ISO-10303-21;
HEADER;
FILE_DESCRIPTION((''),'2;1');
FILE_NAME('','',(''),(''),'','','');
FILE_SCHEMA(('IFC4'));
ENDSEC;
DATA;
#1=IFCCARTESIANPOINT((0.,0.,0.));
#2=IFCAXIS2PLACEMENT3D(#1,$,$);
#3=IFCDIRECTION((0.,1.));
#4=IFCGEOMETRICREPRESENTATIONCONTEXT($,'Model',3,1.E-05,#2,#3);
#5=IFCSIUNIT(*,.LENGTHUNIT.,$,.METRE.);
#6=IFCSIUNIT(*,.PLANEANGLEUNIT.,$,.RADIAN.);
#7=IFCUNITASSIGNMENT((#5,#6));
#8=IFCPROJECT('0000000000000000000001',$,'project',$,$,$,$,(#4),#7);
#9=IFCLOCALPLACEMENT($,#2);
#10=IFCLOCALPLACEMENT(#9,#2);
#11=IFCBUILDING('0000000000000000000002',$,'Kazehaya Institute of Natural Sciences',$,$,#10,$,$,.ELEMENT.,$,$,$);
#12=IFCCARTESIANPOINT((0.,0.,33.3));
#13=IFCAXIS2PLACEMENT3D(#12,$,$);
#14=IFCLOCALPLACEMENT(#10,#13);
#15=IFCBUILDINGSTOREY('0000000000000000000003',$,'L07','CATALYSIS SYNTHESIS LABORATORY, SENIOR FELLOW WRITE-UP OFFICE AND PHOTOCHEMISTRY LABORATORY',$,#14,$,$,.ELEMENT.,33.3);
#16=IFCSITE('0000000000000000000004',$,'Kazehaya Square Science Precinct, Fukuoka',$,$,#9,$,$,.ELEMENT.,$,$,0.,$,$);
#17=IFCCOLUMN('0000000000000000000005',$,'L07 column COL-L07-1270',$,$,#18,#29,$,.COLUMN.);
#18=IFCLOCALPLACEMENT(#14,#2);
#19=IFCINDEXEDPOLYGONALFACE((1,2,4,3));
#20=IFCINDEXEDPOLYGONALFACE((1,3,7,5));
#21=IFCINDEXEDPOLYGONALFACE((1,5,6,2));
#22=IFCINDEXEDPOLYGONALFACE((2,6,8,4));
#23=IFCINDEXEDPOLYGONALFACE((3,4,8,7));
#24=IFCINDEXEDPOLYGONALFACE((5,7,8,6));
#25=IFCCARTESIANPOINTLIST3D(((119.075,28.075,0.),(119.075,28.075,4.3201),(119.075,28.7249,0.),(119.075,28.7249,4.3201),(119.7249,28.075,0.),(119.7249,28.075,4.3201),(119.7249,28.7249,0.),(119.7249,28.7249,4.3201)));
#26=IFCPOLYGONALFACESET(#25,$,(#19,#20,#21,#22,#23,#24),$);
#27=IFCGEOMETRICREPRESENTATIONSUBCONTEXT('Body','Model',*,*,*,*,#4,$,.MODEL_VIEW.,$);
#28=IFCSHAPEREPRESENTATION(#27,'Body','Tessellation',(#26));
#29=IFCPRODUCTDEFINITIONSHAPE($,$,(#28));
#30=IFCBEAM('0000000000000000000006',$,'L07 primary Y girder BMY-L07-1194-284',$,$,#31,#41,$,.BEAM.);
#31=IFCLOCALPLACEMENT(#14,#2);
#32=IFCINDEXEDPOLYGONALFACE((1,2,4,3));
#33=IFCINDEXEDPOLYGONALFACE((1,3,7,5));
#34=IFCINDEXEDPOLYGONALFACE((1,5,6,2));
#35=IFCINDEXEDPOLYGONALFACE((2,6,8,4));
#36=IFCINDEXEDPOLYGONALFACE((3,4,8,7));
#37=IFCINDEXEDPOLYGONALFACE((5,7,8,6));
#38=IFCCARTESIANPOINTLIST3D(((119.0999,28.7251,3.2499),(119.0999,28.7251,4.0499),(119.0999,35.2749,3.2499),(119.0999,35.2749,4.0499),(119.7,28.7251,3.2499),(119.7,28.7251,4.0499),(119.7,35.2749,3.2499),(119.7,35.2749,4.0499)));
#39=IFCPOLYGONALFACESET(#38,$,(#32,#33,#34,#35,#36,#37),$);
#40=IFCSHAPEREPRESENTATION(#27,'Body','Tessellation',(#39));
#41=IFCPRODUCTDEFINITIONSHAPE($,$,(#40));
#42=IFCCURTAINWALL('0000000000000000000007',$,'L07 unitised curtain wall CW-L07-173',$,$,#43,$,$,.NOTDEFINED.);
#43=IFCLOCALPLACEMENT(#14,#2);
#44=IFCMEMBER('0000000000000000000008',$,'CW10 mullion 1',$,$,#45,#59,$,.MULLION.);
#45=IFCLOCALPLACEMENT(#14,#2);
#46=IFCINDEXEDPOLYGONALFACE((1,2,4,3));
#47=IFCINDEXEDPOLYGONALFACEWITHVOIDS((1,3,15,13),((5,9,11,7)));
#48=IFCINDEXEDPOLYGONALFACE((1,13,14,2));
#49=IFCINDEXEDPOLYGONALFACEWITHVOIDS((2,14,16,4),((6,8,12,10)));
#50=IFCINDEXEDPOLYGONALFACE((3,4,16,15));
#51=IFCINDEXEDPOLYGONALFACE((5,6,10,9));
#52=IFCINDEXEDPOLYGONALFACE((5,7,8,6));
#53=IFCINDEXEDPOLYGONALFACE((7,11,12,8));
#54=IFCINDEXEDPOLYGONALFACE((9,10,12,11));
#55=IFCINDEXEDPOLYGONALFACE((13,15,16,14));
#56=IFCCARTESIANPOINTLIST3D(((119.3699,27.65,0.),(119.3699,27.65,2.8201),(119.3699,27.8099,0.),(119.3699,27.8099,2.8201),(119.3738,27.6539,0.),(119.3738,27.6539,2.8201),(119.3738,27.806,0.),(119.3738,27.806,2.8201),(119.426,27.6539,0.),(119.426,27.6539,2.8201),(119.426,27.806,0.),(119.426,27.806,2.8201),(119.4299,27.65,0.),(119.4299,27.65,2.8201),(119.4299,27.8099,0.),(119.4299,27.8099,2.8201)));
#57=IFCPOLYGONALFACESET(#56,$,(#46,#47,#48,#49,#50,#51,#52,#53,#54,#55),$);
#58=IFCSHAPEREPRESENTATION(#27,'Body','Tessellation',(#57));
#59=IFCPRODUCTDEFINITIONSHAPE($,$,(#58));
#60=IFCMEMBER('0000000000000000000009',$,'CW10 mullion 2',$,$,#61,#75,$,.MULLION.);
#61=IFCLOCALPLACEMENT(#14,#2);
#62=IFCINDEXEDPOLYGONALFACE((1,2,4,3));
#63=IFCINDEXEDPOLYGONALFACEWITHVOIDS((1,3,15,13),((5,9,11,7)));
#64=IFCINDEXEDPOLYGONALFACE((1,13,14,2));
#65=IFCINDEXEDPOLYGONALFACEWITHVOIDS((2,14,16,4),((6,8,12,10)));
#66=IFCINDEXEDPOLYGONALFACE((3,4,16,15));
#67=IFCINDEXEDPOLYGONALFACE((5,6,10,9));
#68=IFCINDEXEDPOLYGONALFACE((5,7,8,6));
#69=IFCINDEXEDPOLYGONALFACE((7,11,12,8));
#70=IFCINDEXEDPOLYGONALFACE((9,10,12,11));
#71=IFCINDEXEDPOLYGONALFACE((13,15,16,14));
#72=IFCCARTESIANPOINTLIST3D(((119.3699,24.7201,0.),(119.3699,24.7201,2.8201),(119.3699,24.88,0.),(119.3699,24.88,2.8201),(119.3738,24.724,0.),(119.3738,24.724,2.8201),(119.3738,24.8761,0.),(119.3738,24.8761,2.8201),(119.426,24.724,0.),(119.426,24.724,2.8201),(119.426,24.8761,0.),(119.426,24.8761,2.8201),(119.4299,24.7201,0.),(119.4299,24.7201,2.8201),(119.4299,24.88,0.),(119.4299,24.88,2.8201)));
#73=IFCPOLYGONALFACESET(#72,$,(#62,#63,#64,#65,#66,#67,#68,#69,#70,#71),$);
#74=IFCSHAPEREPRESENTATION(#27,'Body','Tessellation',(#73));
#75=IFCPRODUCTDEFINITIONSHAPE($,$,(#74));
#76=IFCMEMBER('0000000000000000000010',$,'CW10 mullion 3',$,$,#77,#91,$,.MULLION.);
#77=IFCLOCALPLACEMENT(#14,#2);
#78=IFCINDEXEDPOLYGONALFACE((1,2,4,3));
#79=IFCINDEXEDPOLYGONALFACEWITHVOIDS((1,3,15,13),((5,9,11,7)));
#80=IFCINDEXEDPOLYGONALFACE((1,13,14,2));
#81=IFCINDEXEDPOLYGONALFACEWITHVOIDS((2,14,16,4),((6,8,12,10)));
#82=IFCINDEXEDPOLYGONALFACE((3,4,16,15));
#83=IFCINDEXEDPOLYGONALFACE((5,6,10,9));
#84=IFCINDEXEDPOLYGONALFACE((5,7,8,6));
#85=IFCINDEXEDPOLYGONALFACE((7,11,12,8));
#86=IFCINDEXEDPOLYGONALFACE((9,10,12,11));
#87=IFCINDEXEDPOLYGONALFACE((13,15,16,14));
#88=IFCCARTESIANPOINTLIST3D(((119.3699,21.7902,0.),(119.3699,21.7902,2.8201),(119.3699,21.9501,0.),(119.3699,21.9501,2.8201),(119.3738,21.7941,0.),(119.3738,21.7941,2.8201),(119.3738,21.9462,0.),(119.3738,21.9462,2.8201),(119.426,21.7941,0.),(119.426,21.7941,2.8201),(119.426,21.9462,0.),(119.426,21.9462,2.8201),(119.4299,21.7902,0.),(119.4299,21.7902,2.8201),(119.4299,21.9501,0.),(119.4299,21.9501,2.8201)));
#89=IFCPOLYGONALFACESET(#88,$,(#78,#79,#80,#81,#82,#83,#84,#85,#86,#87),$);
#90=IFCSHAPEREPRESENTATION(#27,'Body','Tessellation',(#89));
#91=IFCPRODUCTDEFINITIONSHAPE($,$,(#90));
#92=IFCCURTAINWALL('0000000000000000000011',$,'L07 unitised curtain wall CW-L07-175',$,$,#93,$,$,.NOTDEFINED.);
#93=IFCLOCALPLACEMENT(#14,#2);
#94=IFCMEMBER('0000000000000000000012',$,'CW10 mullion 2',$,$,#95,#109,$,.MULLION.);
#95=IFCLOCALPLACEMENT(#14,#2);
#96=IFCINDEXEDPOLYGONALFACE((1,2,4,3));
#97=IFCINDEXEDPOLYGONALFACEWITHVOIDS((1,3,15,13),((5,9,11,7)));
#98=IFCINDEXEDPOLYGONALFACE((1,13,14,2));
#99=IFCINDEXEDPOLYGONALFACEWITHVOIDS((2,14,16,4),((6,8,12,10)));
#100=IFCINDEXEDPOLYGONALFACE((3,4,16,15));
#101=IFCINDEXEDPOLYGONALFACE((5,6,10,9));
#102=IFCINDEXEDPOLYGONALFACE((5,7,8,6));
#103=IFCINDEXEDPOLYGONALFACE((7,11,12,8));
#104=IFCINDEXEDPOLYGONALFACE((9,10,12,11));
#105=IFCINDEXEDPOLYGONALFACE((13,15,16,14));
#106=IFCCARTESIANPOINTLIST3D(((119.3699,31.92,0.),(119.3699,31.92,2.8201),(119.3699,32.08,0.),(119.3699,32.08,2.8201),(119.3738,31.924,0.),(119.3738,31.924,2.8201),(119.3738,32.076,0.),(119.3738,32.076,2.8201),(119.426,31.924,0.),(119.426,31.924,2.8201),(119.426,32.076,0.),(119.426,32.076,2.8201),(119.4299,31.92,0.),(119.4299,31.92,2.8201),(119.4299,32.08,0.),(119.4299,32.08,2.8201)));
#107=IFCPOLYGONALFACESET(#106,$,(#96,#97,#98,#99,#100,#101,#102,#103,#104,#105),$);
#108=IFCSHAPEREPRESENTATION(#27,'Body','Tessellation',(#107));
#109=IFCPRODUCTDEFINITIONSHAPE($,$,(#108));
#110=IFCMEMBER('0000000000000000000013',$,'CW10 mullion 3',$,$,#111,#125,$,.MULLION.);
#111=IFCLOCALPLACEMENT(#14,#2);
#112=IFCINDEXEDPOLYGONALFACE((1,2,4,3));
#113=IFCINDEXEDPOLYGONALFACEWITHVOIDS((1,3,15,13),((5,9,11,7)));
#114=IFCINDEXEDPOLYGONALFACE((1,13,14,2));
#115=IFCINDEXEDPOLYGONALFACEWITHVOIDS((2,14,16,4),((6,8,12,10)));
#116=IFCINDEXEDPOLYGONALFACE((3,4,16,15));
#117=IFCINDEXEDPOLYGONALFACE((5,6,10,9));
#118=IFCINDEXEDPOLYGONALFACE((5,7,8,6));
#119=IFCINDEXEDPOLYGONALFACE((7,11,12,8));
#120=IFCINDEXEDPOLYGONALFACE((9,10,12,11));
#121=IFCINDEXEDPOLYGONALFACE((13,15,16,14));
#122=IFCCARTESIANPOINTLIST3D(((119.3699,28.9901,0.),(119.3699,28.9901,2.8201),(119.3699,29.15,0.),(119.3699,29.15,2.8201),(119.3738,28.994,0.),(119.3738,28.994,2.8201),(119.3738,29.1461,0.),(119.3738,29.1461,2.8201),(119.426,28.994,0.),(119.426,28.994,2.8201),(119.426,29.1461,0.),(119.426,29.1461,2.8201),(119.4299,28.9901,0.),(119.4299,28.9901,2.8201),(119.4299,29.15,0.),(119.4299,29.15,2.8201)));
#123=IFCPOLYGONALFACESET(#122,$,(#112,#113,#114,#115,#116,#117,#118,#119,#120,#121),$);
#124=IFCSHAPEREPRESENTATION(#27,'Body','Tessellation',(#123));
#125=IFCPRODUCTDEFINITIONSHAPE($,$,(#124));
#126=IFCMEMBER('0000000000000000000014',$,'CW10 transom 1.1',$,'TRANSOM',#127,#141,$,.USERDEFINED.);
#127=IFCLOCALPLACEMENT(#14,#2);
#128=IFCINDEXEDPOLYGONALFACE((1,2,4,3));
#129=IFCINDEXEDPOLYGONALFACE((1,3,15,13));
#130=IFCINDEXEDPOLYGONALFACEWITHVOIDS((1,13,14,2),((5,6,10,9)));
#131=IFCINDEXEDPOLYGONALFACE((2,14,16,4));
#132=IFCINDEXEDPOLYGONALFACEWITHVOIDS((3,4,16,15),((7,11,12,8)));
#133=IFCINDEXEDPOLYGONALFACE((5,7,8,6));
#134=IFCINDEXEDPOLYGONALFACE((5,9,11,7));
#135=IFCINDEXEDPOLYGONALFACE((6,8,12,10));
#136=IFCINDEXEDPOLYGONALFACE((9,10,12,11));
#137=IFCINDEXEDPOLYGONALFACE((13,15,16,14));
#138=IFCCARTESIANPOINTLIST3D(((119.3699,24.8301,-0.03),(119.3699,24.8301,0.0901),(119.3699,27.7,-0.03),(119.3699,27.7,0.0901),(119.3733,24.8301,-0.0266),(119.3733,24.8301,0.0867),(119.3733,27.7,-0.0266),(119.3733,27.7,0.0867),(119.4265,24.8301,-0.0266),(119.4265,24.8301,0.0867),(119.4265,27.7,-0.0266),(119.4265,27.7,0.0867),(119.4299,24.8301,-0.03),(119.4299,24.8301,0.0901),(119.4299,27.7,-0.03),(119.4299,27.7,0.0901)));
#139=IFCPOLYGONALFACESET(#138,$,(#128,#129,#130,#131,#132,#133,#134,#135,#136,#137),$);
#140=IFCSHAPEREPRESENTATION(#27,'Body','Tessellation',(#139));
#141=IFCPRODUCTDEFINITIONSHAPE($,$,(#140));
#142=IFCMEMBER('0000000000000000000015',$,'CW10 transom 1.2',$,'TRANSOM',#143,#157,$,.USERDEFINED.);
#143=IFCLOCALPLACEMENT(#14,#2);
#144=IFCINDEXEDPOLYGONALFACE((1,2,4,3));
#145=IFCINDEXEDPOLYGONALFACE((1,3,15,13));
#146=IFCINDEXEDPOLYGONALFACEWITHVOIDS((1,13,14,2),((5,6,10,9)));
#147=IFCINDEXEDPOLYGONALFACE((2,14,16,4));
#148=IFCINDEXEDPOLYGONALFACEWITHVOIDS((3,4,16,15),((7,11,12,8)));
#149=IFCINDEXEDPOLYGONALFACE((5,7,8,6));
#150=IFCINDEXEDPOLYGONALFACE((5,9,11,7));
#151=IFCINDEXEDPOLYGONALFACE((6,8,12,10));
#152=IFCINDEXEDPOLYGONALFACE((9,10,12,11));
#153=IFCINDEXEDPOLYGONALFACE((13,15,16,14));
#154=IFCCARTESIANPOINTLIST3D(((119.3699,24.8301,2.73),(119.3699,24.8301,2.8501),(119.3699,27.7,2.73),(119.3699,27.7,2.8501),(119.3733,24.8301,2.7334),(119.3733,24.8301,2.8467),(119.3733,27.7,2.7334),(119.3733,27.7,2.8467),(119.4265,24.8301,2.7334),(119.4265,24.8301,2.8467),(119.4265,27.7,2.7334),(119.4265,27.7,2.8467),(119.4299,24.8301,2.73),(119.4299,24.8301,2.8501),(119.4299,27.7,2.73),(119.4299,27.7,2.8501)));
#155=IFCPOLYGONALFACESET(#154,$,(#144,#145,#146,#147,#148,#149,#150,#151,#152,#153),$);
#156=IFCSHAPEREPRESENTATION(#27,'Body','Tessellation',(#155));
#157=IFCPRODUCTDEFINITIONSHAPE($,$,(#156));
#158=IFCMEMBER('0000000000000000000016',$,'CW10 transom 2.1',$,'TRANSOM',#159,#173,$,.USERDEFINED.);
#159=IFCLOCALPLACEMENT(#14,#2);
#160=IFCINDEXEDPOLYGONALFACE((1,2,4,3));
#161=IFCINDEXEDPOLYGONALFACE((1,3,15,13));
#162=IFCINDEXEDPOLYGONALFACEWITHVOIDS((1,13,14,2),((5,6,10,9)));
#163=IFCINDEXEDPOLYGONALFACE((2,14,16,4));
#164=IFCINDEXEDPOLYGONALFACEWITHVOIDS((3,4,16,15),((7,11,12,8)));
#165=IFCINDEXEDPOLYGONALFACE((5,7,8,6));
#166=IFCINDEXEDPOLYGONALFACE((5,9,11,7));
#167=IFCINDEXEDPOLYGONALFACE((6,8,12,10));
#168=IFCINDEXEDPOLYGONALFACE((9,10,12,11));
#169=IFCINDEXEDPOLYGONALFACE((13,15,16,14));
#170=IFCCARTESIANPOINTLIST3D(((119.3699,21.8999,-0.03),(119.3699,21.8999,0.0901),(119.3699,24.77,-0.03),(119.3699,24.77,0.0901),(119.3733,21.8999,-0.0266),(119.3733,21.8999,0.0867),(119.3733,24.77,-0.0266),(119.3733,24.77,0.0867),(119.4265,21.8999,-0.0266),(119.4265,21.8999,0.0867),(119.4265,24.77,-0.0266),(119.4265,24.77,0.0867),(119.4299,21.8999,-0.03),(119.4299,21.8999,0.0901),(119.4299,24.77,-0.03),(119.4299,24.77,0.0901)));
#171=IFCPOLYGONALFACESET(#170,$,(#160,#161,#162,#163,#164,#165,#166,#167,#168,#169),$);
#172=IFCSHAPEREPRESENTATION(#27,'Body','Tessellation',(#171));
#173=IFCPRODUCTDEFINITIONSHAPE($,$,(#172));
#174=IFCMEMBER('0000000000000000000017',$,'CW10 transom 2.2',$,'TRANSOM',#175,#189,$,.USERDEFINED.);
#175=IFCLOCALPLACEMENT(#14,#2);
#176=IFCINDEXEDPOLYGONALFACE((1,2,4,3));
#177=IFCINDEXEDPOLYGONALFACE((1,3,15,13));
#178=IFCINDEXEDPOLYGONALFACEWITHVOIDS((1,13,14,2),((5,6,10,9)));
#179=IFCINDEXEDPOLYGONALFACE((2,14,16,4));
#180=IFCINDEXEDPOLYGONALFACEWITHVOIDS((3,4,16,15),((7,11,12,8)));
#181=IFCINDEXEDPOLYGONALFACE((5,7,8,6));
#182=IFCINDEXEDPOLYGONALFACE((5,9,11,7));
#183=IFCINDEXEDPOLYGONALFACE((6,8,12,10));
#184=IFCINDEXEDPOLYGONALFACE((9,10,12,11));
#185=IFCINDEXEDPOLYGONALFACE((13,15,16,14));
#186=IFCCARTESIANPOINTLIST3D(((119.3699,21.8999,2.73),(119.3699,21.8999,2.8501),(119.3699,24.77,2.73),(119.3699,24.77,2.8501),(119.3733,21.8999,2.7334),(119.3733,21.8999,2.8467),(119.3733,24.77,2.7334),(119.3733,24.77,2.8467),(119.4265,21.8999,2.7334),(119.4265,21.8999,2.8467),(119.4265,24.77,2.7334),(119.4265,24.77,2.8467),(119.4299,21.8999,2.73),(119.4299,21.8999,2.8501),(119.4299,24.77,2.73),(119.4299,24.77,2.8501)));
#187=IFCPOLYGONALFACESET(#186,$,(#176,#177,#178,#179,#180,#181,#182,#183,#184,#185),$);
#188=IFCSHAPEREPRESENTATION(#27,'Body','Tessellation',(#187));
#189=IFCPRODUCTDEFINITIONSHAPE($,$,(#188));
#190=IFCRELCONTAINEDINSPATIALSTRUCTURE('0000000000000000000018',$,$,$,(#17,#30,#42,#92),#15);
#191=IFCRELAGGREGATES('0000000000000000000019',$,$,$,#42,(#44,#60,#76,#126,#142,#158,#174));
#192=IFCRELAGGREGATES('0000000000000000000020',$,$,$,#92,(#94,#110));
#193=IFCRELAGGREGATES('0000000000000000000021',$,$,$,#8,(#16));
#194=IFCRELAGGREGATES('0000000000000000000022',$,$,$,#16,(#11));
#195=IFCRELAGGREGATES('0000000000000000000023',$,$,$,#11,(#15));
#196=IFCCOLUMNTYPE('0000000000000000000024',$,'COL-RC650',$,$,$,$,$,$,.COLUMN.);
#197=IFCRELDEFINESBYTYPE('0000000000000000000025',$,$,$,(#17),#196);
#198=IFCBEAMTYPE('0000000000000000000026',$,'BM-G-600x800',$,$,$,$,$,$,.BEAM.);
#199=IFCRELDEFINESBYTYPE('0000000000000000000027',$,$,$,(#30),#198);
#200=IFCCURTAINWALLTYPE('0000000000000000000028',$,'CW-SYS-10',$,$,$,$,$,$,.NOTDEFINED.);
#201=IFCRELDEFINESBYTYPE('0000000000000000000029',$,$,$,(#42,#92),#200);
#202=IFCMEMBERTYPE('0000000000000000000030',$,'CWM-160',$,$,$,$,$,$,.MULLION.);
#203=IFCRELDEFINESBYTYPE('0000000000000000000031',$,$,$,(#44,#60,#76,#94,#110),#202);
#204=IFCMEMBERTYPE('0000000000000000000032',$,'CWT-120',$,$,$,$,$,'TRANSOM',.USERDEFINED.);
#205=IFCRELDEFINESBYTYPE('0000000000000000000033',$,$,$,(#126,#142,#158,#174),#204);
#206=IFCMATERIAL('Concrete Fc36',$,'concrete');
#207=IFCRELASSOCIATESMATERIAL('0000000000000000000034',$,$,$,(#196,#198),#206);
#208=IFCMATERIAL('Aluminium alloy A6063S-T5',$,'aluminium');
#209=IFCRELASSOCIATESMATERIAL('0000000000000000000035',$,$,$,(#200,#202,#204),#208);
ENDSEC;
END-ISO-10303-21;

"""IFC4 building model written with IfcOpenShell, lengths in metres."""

from ifc_helpers import new_model, si_unit, direction, frame, origin, origin_2d, place, context, subcontext, project, spatial, rectangle, hollow_rectangle, extrude, material, material_profile, profile_set, type_object, element, aggregate, save


model = new_model("IFC4")

# Units and contexts
model_context = context("Model", 3, precision=1e-05, world=origin(), true_north=direction((0.0, 1.0)))
body_context = subcontext(model_context, "Body", "Model", "MODEL_VIEW")
ifc_project = project(units=[si_unit("LENGTHUNIT", "METRE"), si_unit("PLANEANGLEUNIT", "RADIAN")], contexts=[model_context])

# Site, building, storey
site_placement = place(None, origin())
site = spatial("IfcSite", under=ifc_project, at=site_placement, Name="Kazehaya Square Science Precinct, Fukuoka", CompositionType="ELEMENT", RefElevation=0.0)
building_placement = place(site_placement, origin())
building = spatial("IfcBuilding", under=site, at=building_placement, Name="Kazehaya Institute of Natural Sciences", CompositionType="ELEMENT")
storey_placement = place(building_placement, frame((0.0, 0.0, 33.3)))
storey = spatial("IfcBuildingStorey", under=building, at=storey_placement, Name="L07", Description="CATALYSIS SYNTHESIS LABORATORY, SENIOR FELLOW WRITE-UP OFFICE AND PHOTOCHEMISTRY LABORATORY", CompositionType="ELEMENT", Elevation=33.3)

# Column
ifc_material_1 = material(Name="Concrete Fc36", Category="concrete")
ifc_material_profile_1 = material_profile(ifc_material_1, rectangle(XDim=0.6499, YDim=0.6499, at=origin_2d()), Name="RC-650x650")
ifc_profile_set_1 = profile_set([ifc_material_profile_1], Name="Concrete Fc36")
column_type = type_object("IfcColumnType", Name="COL-RC650", PredefinedType="COLUMN", material=ifc_profile_set_1)
column_placement = place(storey_placement, frame((119.3999, 28.3999, 0.0), z_axis=(0.0, 0.0, 1.0), x_axis=(1.0, 0.0, 0.0)))
element("IfcColumn", 1, at=column_placement, inside=storey, type_object=column_type, Name="L07 column COL-L07-1270", PredefinedType="COLUMN", context=body_context, shape_type="SweptSolid", body=[
    extrude(rectangle(XDim=0.6499, YDim=0.6499, at=origin_2d()), origin(), (0.0, 0.0, 1.0), 4.3201),
])

# Beam
ifc_material_profile_2 = material_profile(ifc_material_1, rectangle(XDim=0.6001, YDim=0.8, at=origin_2d()), Name="RC-600x800")
ifc_profile_set_2 = profile_set([ifc_material_profile_2], Name="Concrete Fc36")
beam_type = type_object("IfcBeamType", Name="BM-G-600x800", PredefinedType="BEAM", material=ifc_profile_set_2)
beam_placement = place(storey_placement, frame((119.3999, 28.7251, 3.6499), z_axis=(0.0, 1.0, 0.0), x_axis=(-1.0, 0.0, 0.0)))
element("IfcBeam", 2, at=beam_placement, inside=storey, type_object=beam_type, Name="L07 primary Y girder BMY-L07-1194-284", PredefinedType="BEAM", context=body_context, shape_type="SweptSolid", body=[
    extrude(rectangle(XDim=0.6001, YDim=0.8, at=origin_2d()), origin(), (0.0, 0.0, 1.0), 6.5498),
])

# Curtain walls, members
ifc_material_2 = material(Name="Aluminium alloy A6063S-T5", Category="aluminium")
curtain_wall_type = type_object("IfcCurtainWallType", Name="CW-SYS-10", PredefinedType="NOTDEFINED", material=ifc_material_2)
curtain_wall_1_placement = place(storey_placement, origin())
curtain_wall_1 = element("IfcCurtainWall", 3, at=curtain_wall_1_placement, inside=storey, type_object=curtain_wall_type, Name="L07 unitised curtain wall CW-L07-173", PredefinedType="NOTDEFINED")
ifc_material_profile_3 = material_profile(ifc_material_2, hollow_rectangle(XDim=0.0601, YDim=0.1599, WallThickness=0.0039, at=origin_2d()), Name="ALU-60x160x4")
ifc_profile_set_3 = profile_set([ifc_material_profile_3], Name="Aluminium alloy A6063S-T5")
member_type_1 = type_object("IfcMemberType", Name="CWM-160", PredefinedType="MULLION", material=ifc_profile_set_3)
member_1_placement = place(storey_placement, frame((119.3999, 27.73, 0.0), z_axis=(0.0, 0.0, 1.0), x_axis=(1.0, 0.0, 0.0)))
member_1 = element("IfcMember", 4, at=member_1_placement, type_object=member_type_1, Name="CW10 mullion 1", PredefinedType="MULLION", context=body_context, shape_type="SweptSolid", body=[
    extrude(hollow_rectangle(XDim=0.0601, YDim=0.1599, WallThickness=0.0039, at=origin_2d()), origin(), (0.0, 0.0, 1.0), 2.8201),
])
member_2_placement = place(storey_placement, frame((119.3999, 24.8, 0.0), z_axis=(0.0, 0.0, 1.0), x_axis=(1.0, 0.0, 0.0)))
member_2 = element("IfcMember", 5, at=member_2_placement, type_object=member_type_1, Name="CW10 mullion 2", PredefinedType="MULLION", context=body_context, shape_type="SweptSolid", body=[
    extrude(hollow_rectangle(XDim=0.0601, YDim=0.1599, WallThickness=0.0039, at=origin_2d()), origin(), (0.0, 0.0, 1.0), 2.8201),
])
member_3_placement = place(storey_placement, frame((119.3999, 21.8701, 0.0), z_axis=(0.0, 0.0, 1.0), x_axis=(1.0, 0.0, 0.0)))
member_3 = element("IfcMember", 6, at=member_3_placement, type_object=member_type_1, Name="CW10 mullion 3", PredefinedType="MULLION", context=body_context, shape_type="SweptSolid", body=[
    extrude(hollow_rectangle(XDim=0.0601, YDim=0.1599, WallThickness=0.0039, at=origin_2d()), origin(), (0.0, 0.0, 1.0), 2.8201),
])
curtain_wall_2_placement = place(storey_placement, origin())
curtain_wall_2 = element("IfcCurtainWall", 7, at=curtain_wall_2_placement, inside=storey, type_object=curtain_wall_type, Name="L07 unitised curtain wall CW-L07-175", PredefinedType="NOTDEFINED")
member_4_placement = place(storey_placement, frame((119.3999, 32.0, 0.0), z_axis=(0.0, 0.0, 1.0), x_axis=(1.0, 0.0, 0.0)))
member_4 = element("IfcMember", 8, at=member_4_placement, type_object=member_type_1, Name="CW10 mullion 2", PredefinedType="MULLION", context=body_context, shape_type="SweptSolid", body=[
    extrude(hollow_rectangle(XDim=0.0601, YDim=0.1599, WallThickness=0.0039, at=origin_2d()), origin(), (0.0, 0.0, 1.0), 2.8201),
])
member_5_placement = place(storey_placement, frame((119.3999, 29.0701, 0.0), z_axis=(0.0, 0.0, 1.0), x_axis=(1.0, 0.0, 0.0)))
member_5 = element("IfcMember", 9, at=member_5_placement, type_object=member_type_1, Name="CW10 mullion 3", PredefinedType="MULLION", context=body_context, shape_type="SweptSolid", body=[
    extrude(hollow_rectangle(XDim=0.0601, YDim=0.1599, WallThickness=0.0039, at=origin_2d()), origin(), (0.0, 0.0, 1.0), 2.8201),
])

# Members
ifc_material_profile_4 = material_profile(ifc_material_2, hollow_rectangle(XDim=0.0601, YDim=0.1201, WallThickness=0.0034, at=origin_2d()), Name="ALU-60x120x3.5")
ifc_profile_set_4 = profile_set([ifc_material_profile_4], Name="Aluminium alloy A6063S-T5")
member_type_2 = type_object("IfcMemberType", Name="CWT-120", ElementType="TRANSOM", PredefinedType="USERDEFINED", material=ifc_profile_set_4)
member_6_placement = place(storey_placement, frame((119.3999, 27.7, 0.03), z_axis=(0.0, -1.0, 0.0), x_axis=(1.0, 0.0, 0.0)))
member_6 = element("IfcMember", 10, at=member_6_placement, type_object=member_type_2, Name="CW10 transom 1.1", ObjectType="TRANSOM", PredefinedType="USERDEFINED", context=body_context, shape_type="SweptSolid", body=[
    extrude(hollow_rectangle(XDim=0.0601, YDim=0.1201, WallThickness=0.0034, at=origin_2d()), origin(), (0.0, 0.0, 1.0), 2.8699),
])
member_7_placement = place(storey_placement, frame((119.3999, 27.7, 2.79), z_axis=(0.0, -1.0, 0.0), x_axis=(1.0, 0.0, 0.0)))
member_7 = element("IfcMember", 11, at=member_7_placement, type_object=member_type_2, Name="CW10 transom 1.2", ObjectType="TRANSOM", PredefinedType="USERDEFINED", context=body_context, shape_type="SweptSolid", body=[
    extrude(hollow_rectangle(XDim=0.0601, YDim=0.1201, WallThickness=0.0034, at=origin_2d()), origin(), (0.0, 0.0, 1.0), 2.8699),
])
member_8_placement = place(storey_placement, frame((119.3999, 24.77, 0.03), z_axis=(0.0, -1.0, 0.0), x_axis=(1.0, 0.0, 0.0)))
member_8 = element("IfcMember", 12, at=member_8_placement, type_object=member_type_2, Name="CW10 transom 2.1", ObjectType="TRANSOM", PredefinedType="USERDEFINED", context=body_context, shape_type="SweptSolid", body=[
    extrude(hollow_rectangle(XDim=0.0601, YDim=0.1201, WallThickness=0.0034, at=origin_2d()), origin(), (0.0, 0.0, 1.0), 2.8701),
])
member_9_placement = place(storey_placement, frame((119.3999, 24.77, 2.79), z_axis=(0.0, -1.0, 0.0), x_axis=(1.0, 0.0, 0.0)))
member_9 = element("IfcMember", 13, at=member_9_placement, type_object=member_type_2, Name="CW10 transom 2.2", ObjectType="TRANSOM", PredefinedType="USERDEFINED", context=body_context, shape_type="SweptSolid", body=[
    extrude(hollow_rectangle(XDim=0.0601, YDim=0.1201, WallThickness=0.0034, at=origin_2d()), origin(), (0.0, 0.0, 1.0), 2.8701),
])

aggregate(curtain_wall_1, [member_1, member_2, member_3, member_6, member_7, member_8, member_9])
aggregate(curtain_wall_2, [member_4, member_5])

save(model, "model.ifc")
